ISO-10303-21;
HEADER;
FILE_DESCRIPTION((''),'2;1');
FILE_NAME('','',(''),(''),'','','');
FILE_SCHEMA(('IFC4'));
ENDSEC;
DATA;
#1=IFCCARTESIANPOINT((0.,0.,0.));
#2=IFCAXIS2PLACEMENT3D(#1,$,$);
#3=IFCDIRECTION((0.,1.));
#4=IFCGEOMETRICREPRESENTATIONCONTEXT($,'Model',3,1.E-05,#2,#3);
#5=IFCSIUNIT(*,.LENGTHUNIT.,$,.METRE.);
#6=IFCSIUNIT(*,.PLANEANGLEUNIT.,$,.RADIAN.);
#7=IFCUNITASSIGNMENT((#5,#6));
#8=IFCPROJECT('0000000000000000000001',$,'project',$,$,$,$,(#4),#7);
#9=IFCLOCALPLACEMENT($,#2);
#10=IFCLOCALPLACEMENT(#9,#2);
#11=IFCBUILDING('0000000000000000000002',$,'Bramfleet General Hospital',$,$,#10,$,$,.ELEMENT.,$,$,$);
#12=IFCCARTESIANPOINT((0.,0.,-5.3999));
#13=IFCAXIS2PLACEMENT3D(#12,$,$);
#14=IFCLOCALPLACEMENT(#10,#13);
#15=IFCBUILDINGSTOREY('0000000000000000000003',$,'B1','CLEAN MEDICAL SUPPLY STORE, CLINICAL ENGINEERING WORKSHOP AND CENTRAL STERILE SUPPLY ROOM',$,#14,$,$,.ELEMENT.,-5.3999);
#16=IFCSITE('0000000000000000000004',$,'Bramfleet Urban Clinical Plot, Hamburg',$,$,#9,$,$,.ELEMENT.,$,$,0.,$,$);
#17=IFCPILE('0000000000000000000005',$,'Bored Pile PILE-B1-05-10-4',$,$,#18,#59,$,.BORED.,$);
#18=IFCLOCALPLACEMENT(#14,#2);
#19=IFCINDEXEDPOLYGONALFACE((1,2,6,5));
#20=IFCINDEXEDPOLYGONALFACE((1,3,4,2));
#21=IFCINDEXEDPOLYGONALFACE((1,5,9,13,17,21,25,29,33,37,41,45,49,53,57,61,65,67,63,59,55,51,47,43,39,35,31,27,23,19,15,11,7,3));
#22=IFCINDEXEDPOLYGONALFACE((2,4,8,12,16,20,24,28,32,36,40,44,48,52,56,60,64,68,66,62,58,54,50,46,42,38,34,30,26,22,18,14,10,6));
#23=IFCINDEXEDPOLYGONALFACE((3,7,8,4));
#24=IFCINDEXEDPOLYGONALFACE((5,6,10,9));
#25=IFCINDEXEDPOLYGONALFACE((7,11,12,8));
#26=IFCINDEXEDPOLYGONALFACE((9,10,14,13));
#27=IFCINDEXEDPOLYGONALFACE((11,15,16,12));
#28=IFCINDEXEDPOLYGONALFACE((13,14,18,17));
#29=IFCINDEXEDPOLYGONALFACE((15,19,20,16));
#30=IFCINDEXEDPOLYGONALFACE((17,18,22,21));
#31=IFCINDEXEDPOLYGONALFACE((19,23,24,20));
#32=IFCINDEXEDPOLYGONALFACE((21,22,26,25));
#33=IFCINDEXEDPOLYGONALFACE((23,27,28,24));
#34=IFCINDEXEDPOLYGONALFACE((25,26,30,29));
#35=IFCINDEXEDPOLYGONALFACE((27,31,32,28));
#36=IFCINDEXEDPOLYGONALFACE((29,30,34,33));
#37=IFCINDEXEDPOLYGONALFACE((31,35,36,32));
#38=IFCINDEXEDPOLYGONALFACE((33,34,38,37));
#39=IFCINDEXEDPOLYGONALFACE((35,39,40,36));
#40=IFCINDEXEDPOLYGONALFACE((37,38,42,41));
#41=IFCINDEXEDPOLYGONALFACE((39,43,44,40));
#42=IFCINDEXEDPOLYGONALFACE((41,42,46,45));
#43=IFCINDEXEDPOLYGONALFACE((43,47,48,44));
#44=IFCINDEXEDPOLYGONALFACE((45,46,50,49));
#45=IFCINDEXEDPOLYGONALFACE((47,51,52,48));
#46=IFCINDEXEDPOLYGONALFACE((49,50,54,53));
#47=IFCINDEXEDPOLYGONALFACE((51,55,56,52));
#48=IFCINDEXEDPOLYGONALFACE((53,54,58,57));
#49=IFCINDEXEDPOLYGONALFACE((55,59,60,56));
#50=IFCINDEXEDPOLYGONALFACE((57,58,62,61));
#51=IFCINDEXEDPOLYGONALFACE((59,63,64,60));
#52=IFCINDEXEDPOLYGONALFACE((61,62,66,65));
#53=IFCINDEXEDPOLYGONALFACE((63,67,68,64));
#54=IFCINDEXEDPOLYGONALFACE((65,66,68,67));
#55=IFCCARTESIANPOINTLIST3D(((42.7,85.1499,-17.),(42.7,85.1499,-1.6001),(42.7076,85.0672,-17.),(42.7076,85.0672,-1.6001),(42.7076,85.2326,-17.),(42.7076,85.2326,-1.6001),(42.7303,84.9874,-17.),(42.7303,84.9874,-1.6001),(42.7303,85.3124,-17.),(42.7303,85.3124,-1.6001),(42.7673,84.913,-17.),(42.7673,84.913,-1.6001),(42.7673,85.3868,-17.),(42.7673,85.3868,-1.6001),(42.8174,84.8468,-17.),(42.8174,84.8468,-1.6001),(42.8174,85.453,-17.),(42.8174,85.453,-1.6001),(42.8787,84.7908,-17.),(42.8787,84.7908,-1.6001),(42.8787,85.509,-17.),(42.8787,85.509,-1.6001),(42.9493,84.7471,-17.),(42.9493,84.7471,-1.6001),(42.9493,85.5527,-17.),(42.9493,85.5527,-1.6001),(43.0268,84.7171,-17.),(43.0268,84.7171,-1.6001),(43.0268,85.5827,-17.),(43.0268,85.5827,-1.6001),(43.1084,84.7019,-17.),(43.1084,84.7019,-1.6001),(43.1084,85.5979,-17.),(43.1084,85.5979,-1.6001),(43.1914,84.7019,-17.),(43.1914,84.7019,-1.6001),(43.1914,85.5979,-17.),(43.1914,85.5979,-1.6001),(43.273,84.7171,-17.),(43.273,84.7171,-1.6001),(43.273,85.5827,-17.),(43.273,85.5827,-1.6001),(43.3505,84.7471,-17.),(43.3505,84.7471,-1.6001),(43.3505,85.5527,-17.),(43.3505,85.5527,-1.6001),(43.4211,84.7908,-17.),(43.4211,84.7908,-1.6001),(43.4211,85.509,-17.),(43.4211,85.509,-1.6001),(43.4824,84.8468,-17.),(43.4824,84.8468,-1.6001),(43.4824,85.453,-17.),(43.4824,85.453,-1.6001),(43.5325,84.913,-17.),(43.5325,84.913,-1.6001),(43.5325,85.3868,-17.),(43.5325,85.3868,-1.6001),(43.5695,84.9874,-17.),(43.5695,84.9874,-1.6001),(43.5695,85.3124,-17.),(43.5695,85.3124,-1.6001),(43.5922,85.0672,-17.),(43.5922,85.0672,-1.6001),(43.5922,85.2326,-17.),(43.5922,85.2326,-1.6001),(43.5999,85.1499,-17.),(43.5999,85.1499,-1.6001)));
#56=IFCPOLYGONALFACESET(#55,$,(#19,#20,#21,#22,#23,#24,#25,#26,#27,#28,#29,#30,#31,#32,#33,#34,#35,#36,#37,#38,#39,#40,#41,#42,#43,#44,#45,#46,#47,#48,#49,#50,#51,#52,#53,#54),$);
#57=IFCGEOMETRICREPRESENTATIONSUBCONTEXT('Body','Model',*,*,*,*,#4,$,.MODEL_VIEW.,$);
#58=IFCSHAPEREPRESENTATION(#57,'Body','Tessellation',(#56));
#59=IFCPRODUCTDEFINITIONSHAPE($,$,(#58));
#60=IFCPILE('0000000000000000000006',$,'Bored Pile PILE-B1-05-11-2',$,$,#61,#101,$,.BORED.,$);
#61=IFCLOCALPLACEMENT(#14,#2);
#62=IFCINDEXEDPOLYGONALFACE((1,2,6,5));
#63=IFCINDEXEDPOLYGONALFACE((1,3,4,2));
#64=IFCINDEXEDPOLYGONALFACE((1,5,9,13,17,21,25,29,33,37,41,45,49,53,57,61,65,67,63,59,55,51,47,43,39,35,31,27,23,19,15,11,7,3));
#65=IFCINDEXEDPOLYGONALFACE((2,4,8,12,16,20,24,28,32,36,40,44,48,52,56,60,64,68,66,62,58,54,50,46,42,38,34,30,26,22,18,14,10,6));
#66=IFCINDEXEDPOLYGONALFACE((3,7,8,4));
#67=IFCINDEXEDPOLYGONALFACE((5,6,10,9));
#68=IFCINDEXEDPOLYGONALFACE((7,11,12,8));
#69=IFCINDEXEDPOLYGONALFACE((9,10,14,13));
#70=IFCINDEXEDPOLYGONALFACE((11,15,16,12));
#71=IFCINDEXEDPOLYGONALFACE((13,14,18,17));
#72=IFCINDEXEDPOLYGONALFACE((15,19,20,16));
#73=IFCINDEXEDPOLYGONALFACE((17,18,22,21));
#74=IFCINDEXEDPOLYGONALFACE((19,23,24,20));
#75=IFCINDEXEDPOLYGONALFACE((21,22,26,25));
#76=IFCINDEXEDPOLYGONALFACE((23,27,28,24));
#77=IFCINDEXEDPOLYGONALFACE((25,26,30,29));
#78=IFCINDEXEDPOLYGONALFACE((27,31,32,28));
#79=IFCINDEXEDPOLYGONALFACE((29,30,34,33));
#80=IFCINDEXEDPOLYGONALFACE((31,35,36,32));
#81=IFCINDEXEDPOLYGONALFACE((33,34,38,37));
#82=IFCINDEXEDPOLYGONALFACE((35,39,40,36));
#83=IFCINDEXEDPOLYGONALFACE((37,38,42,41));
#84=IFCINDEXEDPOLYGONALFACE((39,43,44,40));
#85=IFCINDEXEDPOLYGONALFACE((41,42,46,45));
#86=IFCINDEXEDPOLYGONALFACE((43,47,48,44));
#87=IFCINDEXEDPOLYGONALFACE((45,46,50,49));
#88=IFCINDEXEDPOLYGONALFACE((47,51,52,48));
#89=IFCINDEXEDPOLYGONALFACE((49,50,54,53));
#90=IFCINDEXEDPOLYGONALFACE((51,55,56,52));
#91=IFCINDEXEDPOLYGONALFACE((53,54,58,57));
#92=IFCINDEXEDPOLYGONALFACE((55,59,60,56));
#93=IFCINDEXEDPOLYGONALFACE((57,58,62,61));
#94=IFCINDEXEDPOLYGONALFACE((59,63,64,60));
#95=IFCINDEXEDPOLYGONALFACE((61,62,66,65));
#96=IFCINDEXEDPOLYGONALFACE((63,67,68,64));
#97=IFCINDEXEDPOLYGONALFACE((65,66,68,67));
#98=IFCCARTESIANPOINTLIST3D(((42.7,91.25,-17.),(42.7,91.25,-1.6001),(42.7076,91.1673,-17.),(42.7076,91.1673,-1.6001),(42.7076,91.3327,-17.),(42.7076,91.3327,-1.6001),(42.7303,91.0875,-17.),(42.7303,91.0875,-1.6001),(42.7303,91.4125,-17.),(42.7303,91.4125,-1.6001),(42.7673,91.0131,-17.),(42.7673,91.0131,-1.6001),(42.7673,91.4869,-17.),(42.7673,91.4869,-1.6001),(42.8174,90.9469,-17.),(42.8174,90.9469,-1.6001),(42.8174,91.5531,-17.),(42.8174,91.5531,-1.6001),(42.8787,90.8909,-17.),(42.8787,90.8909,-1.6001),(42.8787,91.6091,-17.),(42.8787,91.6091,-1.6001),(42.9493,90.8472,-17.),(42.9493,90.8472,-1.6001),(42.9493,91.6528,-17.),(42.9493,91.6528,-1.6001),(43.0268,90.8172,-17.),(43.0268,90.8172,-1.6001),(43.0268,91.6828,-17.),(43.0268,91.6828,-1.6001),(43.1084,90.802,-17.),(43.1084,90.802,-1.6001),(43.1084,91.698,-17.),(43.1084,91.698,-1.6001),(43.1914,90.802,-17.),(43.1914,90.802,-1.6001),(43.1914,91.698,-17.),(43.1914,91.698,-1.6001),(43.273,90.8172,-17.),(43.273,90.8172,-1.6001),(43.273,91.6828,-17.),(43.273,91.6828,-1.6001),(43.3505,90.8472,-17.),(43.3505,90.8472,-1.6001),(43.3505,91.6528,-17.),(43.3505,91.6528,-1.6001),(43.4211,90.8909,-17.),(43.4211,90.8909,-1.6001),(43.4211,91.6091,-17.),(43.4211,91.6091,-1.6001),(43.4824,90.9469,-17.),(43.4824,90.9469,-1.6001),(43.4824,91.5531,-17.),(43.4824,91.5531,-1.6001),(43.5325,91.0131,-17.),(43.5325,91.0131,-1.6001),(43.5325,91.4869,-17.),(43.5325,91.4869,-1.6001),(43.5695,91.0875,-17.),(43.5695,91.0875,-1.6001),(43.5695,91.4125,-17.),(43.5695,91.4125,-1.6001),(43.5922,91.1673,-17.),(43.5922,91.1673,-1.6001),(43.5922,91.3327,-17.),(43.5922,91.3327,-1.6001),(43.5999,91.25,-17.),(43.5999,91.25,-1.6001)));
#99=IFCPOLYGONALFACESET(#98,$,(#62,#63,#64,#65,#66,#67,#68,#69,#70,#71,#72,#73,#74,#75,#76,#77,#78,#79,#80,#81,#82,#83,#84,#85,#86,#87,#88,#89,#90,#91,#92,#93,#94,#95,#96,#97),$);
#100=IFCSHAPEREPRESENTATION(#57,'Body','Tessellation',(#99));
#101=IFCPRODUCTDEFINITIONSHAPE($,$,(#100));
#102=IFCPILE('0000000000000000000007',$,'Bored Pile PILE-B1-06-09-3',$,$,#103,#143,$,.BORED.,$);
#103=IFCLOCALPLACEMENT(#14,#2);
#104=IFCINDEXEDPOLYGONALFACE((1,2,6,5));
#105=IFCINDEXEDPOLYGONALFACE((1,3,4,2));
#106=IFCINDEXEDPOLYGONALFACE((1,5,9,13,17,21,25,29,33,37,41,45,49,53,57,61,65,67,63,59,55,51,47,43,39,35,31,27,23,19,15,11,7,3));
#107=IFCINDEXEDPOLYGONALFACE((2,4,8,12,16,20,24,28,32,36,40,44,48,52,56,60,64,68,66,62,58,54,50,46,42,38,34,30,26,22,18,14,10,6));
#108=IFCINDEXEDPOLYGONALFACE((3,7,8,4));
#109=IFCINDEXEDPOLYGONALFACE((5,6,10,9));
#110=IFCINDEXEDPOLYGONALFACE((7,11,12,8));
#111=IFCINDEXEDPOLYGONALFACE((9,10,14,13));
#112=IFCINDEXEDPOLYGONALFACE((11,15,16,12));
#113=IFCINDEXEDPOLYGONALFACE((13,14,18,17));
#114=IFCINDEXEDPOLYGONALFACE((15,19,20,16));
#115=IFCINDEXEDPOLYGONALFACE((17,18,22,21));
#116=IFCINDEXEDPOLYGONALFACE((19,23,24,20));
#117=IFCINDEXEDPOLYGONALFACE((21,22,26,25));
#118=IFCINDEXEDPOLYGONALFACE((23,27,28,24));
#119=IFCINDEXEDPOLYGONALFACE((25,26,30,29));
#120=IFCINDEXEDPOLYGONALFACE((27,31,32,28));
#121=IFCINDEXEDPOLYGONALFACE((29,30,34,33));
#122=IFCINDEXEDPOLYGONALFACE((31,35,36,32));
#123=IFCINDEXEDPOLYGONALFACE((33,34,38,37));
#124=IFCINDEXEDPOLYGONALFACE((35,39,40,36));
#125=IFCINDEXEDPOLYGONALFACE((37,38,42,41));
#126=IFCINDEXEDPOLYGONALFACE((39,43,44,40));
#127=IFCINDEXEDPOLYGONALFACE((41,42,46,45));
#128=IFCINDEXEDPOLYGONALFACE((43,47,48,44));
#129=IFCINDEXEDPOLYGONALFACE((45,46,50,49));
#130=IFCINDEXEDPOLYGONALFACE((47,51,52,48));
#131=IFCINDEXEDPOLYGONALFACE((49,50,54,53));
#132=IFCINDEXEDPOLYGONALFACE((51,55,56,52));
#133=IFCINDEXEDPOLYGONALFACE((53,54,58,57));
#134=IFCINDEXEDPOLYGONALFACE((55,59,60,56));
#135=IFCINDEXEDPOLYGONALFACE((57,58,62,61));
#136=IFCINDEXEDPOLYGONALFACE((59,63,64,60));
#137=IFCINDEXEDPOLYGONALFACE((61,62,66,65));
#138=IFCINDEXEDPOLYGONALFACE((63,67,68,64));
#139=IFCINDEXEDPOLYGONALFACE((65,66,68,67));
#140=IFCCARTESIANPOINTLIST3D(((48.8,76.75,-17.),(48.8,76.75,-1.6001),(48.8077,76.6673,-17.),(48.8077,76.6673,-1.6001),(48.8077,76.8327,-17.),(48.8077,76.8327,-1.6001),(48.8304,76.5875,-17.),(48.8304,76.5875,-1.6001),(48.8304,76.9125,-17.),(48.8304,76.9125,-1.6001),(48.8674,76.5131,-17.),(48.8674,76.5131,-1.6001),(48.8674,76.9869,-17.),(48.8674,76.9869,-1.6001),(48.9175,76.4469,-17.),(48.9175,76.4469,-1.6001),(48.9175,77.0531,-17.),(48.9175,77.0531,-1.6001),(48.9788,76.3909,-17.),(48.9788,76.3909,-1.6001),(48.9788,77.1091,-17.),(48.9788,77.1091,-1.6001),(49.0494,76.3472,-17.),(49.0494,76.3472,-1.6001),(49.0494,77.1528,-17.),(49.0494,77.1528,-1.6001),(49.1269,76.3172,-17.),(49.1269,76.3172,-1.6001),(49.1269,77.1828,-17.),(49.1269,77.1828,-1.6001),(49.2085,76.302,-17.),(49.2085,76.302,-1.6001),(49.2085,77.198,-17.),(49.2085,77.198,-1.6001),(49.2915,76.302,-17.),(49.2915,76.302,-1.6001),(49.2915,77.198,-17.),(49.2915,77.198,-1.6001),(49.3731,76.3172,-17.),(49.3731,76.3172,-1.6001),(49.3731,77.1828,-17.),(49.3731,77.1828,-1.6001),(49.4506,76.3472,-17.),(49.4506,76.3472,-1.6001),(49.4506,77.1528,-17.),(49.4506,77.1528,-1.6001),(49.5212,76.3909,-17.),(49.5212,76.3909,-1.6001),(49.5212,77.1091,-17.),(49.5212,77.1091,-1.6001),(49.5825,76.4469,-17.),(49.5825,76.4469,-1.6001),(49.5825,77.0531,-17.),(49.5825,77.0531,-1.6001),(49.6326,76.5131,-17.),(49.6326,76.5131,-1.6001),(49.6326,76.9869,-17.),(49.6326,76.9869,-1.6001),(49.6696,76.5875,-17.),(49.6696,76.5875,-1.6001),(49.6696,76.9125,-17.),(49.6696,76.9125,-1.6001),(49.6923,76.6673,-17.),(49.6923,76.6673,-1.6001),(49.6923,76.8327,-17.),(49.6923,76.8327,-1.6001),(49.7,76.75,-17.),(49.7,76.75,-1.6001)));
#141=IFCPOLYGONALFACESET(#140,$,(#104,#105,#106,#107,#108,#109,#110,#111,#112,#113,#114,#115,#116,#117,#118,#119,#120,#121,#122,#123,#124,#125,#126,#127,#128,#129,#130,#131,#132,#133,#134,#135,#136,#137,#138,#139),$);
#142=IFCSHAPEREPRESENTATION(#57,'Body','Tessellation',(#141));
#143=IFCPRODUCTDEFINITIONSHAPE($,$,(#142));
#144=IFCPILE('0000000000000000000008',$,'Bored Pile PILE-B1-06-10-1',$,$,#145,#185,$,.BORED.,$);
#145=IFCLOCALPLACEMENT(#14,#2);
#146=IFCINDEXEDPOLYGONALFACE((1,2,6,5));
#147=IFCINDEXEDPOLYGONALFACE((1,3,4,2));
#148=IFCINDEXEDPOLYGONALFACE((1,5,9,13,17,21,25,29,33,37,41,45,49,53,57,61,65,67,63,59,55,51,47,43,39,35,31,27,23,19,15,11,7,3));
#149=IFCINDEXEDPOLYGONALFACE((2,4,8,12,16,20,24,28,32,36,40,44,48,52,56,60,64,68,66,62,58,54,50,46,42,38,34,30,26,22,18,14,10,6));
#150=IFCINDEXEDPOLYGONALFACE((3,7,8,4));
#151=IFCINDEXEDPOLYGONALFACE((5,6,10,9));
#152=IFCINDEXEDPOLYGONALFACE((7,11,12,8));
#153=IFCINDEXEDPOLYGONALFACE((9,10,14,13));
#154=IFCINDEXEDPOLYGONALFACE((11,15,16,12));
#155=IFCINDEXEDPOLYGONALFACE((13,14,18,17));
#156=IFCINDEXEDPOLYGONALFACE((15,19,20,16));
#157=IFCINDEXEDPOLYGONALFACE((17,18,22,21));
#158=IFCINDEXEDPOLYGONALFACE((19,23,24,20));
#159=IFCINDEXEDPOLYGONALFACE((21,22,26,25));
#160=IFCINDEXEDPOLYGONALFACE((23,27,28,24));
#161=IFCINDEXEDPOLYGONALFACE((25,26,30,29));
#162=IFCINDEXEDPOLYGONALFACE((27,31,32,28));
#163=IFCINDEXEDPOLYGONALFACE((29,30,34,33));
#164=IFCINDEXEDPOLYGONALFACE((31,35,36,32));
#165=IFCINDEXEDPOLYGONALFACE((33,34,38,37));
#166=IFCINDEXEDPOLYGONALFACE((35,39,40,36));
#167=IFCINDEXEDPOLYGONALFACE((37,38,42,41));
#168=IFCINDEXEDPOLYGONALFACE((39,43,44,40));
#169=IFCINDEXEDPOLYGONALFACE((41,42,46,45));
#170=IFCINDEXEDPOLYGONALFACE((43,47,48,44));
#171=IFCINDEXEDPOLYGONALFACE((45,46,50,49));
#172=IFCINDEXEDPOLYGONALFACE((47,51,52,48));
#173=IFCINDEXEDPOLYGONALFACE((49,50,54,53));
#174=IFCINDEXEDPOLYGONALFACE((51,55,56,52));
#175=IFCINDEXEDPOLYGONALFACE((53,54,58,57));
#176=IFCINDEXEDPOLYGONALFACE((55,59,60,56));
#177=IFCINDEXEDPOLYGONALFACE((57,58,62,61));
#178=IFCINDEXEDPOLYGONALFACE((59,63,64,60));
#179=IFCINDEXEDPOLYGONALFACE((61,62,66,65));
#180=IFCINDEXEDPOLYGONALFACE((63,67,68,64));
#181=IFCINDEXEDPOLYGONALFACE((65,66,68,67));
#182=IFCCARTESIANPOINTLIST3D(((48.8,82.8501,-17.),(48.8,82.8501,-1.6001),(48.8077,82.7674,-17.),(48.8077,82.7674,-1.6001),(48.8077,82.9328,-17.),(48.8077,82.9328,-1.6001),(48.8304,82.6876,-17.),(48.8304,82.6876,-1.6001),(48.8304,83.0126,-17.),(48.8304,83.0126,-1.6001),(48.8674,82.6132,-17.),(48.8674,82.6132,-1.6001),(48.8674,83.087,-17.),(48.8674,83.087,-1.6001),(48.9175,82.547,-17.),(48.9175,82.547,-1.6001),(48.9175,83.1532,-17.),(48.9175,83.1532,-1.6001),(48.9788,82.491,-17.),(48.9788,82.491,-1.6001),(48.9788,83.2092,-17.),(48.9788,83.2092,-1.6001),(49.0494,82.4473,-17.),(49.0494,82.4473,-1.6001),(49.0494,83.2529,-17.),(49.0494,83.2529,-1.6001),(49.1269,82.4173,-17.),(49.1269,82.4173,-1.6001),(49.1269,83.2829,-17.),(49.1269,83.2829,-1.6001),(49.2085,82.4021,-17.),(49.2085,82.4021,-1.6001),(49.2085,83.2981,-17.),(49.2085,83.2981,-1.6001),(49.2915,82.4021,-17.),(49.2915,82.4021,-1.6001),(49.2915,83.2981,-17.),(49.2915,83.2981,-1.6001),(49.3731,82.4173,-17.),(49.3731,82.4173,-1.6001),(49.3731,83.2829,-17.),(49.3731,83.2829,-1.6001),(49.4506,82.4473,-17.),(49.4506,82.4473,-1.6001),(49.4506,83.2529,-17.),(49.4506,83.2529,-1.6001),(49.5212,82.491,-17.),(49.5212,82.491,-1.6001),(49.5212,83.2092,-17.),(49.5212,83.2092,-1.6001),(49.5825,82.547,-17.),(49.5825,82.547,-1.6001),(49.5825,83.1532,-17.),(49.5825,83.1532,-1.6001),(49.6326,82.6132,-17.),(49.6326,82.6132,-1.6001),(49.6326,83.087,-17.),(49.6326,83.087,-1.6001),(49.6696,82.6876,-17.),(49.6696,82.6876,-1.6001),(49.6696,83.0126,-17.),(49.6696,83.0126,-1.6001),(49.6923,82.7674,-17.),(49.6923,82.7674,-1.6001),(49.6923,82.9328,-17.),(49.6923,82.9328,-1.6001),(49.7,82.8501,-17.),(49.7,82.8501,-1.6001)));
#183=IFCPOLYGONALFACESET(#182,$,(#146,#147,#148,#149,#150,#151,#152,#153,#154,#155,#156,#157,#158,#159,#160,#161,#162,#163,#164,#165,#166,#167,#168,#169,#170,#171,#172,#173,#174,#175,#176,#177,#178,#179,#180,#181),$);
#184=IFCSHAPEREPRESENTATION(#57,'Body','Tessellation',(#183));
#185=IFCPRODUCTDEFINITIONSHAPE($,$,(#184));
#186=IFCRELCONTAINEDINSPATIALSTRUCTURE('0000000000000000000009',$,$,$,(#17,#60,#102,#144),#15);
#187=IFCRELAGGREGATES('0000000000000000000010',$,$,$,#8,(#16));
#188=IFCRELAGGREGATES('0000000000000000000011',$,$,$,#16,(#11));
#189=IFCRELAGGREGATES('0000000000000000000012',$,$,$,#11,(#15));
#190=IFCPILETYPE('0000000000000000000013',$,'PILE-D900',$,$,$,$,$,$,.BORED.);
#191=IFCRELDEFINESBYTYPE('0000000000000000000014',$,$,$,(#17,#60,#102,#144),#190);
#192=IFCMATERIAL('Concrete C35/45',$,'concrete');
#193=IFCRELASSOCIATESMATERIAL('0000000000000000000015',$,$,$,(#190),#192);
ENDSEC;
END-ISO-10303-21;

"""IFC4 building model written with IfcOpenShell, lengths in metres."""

from ifc_helpers import new_model, si_unit, direction, frame, origin, origin_2d, place, context, subcontext, project, spatial, circle, extrude, material, material_profile, profile_set, type_object, element, save


model = new_model("IFC4")

# Units and contexts
model_context = context("Model", 3, precision=1e-05, world=origin(), true_north=direction((0.0, 1.0)))
body_context = subcontext(model_context, "Body", "Model", "MODEL_VIEW")
ifc_project = project(units=[si_unit("LENGTHUNIT", "METRE"), si_unit("PLANEANGLEUNIT", "RADIAN")], contexts=[model_context])

# Site, building, storey
site_placement = place(None, origin())
site = spatial("IfcSite", under=ifc_project, at=site_placement, Name="Bramfleet Urban Clinical Plot, Hamburg", CompositionType="ELEMENT", RefElevation=0.0)
building_placement = place(site_placement, origin())
building = spatial("IfcBuilding", under=site, at=building_placement, Name="Bramfleet General Hospital", CompositionType="ELEMENT")
storey_placement = place(building_placement, frame((0.0, 0.0, -5.3999)))
storey = spatial("IfcBuildingStorey", under=building, at=storey_placement, Name="B1", Description="CLEAN MEDICAL SUPPLY STORE, CLINICAL ENGINEERING WORKSHOP AND CENTRAL STERILE SUPPLY ROOM", CompositionType="ELEMENT", Elevation=-5.3999)

# Shared definitions
ifc_material_1 = material(Name="Concrete C35/45", Category="concrete")

# Piles
ifc_material_profile_1 = material_profile(ifc_material_1, circle(Radius=0.45, at=origin_2d()), Name="PILE BORED D900")
ifc_profile_set_1 = profile_set([ifc_material_profile_1], Name="Concrete C35/45")
pile_type = type_object("IfcPileType", Name="PILE-D900", PredefinedType="BORED", material=ifc_profile_set_1)
for number, where, z_axis, x_axis, name in (
    (1, (43.1499, 85.1499, -1.6001), (0.0, 0.0, -1.0), (1.0, 0.0, 0.0), "Bored Pile PILE-B1-05-10-4"),
    (2, (43.1499, 91.25, -1.6001), (0.0, 0.0, -1.0), (1.0, 0.0, 0.0), "Bored Pile PILE-B1-05-11-2"),
    (3, (49.25, 76.75, -1.6001), (0.0, 0.0, -1.0), (1.0, 0.0, 0.0), "Bored Pile PILE-B1-06-09-3"),
    (4, (49.25, 82.8501, -1.6001), (0.0, 0.0, -1.0), (1.0, 0.0, 0.0), "Bored Pile PILE-B1-06-10-1"),
):
    element("IfcPile", number, at=place(storey_placement, frame(where, z_axis=z_axis, x_axis=x_axis)), inside=storey, type_object=pile_type, Name=name, PredefinedType="BORED", context=body_context, shape_type="SweptSolid", body=[
        extrude(circle(Radius=0.45, at=origin_2d()), origin(), (0.0, 0.0, 1.0), 15.3999),
    ])

save(model, "model.ifc")
